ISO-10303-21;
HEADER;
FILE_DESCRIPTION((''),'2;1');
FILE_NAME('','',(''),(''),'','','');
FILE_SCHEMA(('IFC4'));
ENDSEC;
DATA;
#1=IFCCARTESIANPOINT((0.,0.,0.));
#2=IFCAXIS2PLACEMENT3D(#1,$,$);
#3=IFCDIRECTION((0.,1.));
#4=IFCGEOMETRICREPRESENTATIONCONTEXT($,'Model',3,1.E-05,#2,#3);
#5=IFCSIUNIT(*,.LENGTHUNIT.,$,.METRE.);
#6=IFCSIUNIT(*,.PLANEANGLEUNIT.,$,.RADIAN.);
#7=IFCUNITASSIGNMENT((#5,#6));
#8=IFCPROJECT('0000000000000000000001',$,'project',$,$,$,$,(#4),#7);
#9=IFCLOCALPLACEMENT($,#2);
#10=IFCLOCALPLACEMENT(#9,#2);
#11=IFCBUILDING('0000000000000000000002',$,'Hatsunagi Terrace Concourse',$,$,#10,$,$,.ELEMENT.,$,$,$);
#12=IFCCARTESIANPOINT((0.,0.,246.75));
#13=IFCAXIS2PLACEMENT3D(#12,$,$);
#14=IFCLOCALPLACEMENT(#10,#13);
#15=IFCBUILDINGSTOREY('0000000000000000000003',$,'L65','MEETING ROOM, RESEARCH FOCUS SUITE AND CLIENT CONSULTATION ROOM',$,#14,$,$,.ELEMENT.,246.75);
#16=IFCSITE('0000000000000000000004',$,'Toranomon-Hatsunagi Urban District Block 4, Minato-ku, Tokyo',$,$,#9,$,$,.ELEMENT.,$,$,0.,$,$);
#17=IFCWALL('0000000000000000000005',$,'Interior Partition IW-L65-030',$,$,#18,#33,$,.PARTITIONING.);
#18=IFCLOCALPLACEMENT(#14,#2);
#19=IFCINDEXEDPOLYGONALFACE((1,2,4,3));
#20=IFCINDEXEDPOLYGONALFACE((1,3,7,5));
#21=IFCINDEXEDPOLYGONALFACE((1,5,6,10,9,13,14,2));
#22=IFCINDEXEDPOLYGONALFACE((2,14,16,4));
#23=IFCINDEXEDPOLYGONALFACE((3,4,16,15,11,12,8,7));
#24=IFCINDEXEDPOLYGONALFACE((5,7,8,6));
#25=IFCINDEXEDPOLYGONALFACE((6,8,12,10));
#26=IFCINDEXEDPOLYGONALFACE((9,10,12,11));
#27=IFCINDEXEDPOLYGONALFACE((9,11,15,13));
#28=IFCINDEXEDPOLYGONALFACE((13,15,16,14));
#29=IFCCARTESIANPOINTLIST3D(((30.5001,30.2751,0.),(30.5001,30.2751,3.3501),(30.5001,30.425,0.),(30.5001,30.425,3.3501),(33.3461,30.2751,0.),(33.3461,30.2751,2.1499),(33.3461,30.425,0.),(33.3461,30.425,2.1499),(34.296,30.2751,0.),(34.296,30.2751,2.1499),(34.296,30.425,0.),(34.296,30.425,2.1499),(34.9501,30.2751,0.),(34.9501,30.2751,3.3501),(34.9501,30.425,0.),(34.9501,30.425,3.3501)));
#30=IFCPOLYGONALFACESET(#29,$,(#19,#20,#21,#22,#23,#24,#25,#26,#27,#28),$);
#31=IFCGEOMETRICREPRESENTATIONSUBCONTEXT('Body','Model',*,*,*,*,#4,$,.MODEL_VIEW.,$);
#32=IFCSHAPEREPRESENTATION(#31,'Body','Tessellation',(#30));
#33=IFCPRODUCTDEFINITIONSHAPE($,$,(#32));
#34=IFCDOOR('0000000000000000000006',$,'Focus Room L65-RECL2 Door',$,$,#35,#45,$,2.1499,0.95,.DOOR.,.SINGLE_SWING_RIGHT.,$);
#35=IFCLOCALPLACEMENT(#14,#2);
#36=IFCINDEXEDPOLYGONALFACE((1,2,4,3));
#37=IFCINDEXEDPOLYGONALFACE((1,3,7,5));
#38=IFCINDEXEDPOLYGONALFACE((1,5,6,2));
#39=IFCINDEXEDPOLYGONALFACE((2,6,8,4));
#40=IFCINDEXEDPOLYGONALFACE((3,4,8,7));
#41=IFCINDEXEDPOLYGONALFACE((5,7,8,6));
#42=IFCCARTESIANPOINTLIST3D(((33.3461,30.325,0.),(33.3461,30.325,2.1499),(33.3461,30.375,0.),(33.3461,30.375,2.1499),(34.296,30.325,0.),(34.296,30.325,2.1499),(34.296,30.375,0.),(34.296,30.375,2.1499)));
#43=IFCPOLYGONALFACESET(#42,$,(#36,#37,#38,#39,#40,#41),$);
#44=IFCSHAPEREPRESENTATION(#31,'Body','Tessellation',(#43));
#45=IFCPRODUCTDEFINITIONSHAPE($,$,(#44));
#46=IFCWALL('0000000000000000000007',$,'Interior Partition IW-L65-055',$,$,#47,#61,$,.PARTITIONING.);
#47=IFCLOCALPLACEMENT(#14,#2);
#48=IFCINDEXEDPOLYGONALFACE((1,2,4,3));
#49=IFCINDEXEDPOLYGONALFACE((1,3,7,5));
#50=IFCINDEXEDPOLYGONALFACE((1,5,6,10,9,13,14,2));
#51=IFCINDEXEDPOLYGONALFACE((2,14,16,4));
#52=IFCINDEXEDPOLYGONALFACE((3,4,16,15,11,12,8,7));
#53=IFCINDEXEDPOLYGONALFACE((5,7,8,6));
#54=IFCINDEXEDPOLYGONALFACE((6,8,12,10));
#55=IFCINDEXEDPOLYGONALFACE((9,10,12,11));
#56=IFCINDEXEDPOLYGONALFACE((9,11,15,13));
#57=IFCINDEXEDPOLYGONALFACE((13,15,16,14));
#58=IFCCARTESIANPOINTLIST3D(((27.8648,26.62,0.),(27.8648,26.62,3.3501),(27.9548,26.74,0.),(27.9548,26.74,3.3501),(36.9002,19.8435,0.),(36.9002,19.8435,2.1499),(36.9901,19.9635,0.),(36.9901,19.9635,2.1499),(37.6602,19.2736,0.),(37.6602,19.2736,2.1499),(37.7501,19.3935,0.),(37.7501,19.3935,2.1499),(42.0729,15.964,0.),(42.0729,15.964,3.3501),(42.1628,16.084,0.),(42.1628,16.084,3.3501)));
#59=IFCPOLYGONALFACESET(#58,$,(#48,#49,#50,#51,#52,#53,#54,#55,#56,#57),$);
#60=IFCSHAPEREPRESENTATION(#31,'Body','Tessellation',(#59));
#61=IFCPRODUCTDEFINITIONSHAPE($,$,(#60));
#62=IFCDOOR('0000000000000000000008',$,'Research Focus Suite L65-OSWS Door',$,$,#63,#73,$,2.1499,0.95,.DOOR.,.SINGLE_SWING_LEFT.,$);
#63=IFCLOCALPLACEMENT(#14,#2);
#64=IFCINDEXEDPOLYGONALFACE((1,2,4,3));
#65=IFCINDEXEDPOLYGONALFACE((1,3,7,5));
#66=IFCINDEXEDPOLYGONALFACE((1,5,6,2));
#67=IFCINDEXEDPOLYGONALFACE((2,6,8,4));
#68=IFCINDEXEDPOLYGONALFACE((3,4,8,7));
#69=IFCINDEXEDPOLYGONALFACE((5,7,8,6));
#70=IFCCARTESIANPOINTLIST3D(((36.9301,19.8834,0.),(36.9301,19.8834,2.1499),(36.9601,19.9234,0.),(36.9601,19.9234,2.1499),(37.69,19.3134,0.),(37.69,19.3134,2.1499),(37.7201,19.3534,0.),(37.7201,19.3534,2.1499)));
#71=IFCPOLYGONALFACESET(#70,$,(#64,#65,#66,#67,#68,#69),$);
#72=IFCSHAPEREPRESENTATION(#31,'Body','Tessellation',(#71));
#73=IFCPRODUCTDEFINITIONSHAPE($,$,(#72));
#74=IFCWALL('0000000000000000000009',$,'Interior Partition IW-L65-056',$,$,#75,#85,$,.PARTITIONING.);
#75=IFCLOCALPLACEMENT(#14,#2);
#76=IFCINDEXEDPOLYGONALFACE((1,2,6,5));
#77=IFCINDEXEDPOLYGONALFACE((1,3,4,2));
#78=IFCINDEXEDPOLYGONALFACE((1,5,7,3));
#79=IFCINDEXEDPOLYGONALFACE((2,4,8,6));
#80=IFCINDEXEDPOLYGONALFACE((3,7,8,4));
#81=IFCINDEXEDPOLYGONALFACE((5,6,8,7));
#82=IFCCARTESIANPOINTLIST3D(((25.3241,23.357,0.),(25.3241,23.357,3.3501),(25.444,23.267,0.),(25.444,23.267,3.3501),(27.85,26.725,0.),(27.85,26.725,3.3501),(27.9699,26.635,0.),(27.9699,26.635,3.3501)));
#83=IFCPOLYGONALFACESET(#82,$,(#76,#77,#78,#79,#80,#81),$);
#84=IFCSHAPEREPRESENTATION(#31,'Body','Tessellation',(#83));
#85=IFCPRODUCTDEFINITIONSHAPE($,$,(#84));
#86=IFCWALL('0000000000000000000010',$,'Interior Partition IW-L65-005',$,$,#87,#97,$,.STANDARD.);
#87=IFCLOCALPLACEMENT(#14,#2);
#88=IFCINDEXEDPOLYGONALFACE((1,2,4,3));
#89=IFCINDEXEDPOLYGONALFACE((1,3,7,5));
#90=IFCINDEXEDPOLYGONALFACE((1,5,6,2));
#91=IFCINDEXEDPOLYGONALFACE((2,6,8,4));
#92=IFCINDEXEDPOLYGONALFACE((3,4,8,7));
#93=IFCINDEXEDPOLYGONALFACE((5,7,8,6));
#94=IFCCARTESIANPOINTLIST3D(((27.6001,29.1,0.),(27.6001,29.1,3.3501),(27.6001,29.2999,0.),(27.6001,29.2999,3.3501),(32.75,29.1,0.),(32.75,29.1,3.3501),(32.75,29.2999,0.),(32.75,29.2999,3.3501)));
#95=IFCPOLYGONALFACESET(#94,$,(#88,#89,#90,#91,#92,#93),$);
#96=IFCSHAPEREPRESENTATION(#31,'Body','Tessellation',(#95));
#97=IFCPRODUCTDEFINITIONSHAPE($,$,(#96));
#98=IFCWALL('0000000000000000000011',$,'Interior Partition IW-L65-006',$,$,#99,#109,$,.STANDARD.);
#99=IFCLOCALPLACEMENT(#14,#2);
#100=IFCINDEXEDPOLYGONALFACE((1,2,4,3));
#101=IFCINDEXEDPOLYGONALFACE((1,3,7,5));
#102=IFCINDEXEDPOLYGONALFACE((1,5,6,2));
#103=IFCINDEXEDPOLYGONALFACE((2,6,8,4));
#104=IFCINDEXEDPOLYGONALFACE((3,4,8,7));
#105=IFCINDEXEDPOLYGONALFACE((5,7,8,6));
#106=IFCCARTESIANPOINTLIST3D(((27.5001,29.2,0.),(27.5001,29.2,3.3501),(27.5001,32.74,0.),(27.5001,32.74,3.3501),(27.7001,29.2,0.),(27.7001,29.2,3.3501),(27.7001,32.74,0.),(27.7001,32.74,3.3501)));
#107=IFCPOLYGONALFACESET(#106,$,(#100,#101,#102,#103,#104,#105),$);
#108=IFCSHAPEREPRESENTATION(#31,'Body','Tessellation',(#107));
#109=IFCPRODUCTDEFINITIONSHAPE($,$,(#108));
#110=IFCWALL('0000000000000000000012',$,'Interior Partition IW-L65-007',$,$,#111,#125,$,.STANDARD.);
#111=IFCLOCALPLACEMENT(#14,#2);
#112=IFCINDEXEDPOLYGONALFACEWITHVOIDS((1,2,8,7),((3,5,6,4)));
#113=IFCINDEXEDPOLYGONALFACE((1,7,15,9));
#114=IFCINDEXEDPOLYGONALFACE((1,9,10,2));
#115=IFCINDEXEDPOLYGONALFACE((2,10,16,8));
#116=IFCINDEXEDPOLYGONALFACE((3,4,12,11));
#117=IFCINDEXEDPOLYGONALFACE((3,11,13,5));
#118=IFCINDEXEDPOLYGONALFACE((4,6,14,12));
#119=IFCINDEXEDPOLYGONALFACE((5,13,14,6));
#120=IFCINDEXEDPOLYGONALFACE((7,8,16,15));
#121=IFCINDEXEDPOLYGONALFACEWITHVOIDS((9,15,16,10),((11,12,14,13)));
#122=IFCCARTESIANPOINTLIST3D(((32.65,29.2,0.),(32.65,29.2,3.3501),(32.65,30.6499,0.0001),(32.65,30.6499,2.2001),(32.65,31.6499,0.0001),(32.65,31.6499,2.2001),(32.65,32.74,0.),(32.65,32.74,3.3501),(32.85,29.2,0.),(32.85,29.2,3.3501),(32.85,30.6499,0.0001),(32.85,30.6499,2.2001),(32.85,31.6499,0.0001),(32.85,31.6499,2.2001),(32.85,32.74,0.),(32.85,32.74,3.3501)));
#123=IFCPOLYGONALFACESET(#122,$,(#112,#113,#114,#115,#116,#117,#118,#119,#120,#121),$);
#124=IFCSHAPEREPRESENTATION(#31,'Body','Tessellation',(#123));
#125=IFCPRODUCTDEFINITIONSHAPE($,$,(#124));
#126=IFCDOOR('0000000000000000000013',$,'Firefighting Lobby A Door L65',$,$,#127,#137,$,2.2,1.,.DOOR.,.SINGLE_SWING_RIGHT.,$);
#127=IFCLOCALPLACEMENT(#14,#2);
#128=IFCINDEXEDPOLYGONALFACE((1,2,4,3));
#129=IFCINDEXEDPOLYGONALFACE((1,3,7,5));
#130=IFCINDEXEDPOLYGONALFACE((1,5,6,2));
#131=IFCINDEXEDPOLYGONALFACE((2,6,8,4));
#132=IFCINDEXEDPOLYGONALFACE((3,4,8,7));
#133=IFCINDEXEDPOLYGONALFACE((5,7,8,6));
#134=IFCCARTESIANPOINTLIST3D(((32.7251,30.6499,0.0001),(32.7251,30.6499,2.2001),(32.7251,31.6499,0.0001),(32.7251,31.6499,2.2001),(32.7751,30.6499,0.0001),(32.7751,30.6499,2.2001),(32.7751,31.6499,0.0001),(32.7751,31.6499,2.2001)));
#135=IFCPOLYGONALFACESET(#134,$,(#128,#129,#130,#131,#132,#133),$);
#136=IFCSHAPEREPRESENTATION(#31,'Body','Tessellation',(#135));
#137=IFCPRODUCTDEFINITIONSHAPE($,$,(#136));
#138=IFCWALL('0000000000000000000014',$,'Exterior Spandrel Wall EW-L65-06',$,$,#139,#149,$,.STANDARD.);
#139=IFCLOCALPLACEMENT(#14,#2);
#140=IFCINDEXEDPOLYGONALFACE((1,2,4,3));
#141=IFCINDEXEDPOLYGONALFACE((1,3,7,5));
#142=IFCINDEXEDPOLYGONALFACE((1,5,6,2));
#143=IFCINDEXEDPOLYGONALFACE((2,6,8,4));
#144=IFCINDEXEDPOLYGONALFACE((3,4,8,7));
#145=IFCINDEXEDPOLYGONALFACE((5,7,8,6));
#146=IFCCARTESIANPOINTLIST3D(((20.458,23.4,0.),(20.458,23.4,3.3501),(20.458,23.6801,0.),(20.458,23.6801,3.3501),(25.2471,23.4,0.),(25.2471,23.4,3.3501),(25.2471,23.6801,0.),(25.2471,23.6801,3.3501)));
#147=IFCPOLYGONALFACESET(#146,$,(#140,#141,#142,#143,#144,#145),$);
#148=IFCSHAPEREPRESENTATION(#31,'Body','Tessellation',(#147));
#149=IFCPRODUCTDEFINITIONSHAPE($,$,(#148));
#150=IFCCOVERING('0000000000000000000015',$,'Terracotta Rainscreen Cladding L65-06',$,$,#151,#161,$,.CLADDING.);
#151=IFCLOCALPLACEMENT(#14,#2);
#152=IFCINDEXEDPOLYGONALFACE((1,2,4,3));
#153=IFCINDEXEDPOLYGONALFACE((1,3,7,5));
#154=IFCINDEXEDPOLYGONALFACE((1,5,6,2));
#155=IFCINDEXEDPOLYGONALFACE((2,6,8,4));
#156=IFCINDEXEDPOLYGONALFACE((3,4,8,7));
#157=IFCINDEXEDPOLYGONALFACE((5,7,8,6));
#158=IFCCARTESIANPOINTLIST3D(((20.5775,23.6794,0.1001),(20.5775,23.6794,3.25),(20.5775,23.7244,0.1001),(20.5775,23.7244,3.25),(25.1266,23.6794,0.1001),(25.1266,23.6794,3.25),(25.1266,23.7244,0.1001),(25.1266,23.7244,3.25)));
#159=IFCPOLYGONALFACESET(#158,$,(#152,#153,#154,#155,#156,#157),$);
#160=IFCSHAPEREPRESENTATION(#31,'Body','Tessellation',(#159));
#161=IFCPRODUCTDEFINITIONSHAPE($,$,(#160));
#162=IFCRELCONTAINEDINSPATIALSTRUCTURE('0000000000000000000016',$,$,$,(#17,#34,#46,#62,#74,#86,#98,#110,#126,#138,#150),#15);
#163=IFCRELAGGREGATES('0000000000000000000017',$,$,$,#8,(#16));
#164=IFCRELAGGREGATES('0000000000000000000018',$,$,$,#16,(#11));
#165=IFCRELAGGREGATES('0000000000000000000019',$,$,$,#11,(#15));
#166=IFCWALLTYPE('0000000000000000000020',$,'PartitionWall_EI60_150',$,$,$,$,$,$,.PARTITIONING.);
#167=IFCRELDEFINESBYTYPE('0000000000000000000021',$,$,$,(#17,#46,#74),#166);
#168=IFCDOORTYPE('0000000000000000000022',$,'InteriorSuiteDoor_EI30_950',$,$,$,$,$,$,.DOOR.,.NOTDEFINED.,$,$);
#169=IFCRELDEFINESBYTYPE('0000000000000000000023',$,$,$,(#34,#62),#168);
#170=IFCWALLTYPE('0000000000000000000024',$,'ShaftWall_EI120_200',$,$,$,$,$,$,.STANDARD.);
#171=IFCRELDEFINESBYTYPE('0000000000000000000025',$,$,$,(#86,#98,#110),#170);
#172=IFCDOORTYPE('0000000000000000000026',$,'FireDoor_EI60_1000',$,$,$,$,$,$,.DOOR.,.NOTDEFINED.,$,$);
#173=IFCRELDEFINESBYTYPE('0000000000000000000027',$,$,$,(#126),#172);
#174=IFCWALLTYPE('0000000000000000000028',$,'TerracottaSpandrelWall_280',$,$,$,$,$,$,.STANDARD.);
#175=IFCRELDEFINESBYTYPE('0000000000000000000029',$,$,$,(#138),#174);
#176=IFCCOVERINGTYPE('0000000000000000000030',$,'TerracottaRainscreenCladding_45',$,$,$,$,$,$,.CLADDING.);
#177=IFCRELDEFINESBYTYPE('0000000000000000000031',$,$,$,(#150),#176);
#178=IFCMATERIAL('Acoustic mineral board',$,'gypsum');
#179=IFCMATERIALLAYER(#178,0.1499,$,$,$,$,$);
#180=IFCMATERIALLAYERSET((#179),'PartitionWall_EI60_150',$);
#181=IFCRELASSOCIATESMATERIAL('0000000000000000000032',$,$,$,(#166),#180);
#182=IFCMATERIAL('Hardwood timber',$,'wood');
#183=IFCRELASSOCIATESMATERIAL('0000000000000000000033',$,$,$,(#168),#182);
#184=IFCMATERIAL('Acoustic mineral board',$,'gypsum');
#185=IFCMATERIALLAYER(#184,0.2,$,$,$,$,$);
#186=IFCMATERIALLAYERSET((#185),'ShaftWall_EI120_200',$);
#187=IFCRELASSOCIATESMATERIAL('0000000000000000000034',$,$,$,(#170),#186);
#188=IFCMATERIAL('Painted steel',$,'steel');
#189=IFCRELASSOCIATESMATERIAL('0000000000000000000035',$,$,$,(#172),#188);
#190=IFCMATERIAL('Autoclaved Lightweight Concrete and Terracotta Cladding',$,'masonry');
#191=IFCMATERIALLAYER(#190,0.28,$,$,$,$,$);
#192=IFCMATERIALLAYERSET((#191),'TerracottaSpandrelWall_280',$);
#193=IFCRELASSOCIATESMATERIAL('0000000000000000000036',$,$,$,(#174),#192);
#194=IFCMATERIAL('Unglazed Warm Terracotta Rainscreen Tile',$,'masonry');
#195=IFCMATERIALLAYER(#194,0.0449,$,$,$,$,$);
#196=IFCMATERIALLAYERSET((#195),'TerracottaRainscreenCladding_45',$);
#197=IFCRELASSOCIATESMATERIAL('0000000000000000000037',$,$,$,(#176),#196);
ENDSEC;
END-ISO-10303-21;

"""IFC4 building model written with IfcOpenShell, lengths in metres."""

from ifc_helpers import new_model, si_unit, direction, frame, frame_2d, origin, origin_2d, place, context, subcontext, project, spatial, rectangle, extrude, material, layer, layer_set, type_object, element, fill, save


model = new_model("IFC4")

# Units and contexts
model_context = context("Model", 3, precision=1e-05, world=origin(), true_north=direction((0.0, 1.0)))
body_context = subcontext(model_context, "Body", "Model", "MODEL_VIEW")
ifc_project = project(units=[si_unit("LENGTHUNIT", "METRE"), si_unit("PLANEANGLEUNIT", "RADIAN")], contexts=[model_context])

# Site, building, storey
site_placement = place(None, origin())
site = spatial("IfcSite", under=ifc_project, at=site_placement, Name="Toranomon-Hatsunagi Urban District Block 4, Minato-ku, Tokyo", CompositionType="ELEMENT", RefElevation=0.0)
building_placement = place(site_placement, origin())
building = spatial("IfcBuilding", under=site, at=building_placement, Name="Hatsunagi Terrace Concourse", CompositionType="ELEMENT")
storey_placement = place(building_placement, frame((0.0, 0.0, 246.75)))
storey = spatial("IfcBuildingStorey", under=building, at=storey_placement, Name="L65", Description="MEETING ROOM, RESEARCH FOCUS SUITE AND CLIENT CONSULTATION ROOM", CompositionType="ELEMENT", Elevation=246.75)

# Shared definitions
ifc_material_1 = material(Name="Acoustic mineral board", Category="gypsum")
ifc_layer_1 = layer(ifc_material_1, 0.1499)
ifc_layer_set_1 = layer_set([ifc_layer_1], Name="PartitionWall_EI60_150")
wall_type_1 = type_object("IfcWallType", Name="PartitionWall_EI60_150", PredefinedType="PARTITIONING", material=ifc_layer_set_1)

# Shared definitions
ifc_material_2 = material(Name="Hardwood timber", Category="wood")
door_type_1 = type_object("IfcDoorType", Name="InteriorSuiteDoor_EI30_950", OperationType="NOTDEFINED", PredefinedType="DOOR", material=ifc_material_2)

# Walls, openings, doors
wall_1_placement = place(storey_placement, frame((30.5, 30.3501, 0.0), z_axis=(0.0, 0.0, 1.0), x_axis=(1.0, 0.0, 0.0)))
wall_1 = element("IfcWall", 1, at=wall_1_placement, inside=storey, type_object=wall_type_1, Name="Interior Partition IW-L65-030", PredefinedType="PARTITIONING", context=body_context, shape_type="SweptSolid", body=[
    extrude(rectangle(XDim=4.45, YDim=0.1499, at=frame_2d((2.2251, 0.0))), origin(), (0.0, 0.0, 1.0), 3.3501),
])
opening_1_placement = place(wall_1_placement, frame((2.8459, 0.0, 0.0)))
opening_1 = element("IfcOpeningElement", 2, at=opening_1_placement, cuts=wall_1, PredefinedType="OPENING", context=body_context, shape_type="SweptSolid", body=[
    extrude(rectangle(XDim=0.95, YDim=2.1499, at=frame_2d((0.4751, 1.075))), frame((0.0, 0.085, 0.0), z_axis=(0.0, -1.0, 0.0), x_axis=(1.0, 0.0, 0.0)), (0.0, 0.0, 1.0), 0.1699),
])
door_1_placement = place(opening_1_placement, origin())
door_1 = element("IfcDoor", 3, at=door_1_placement, inside=storey, type_object=door_type_1, Name="Focus Room L65-RECL2 Door", OperationType="SINGLE_SWING_RIGHT", OverallHeight=2.1499, OverallWidth=0.95, PredefinedType="DOOR", context=body_context, shape_type="SweptSolid", body=[
    extrude(rectangle(XDim=0.95, YDim=2.1499, at=frame_2d((0.4751, 1.075))), frame((0.0, 0.0249, 0.0), z_axis=(0.0, -1.0, 0.0), x_axis=(1.0, 0.0, 0.0)), (0.0, 0.0, 1.0), 0.05),
])
fill(opening_1, door_1)
wall_2_placement = place(storey_placement, frame((27.9099, 26.6799, 0.0), z_axis=(0.0, 0.0, 1.0), x_axis=(0.8, -0.6, 0.0)))
wall_2 = element("IfcWall", 4, at=wall_2_placement, inside=storey, type_object=wall_type_1, Name="Interior Partition IW-L65-055", PredefinedType="PARTITIONING", context=body_context, shape_type="SweptSolid", body=[
    extrude(rectangle(XDim=17.76, YDim=0.1499, at=frame_2d((8.8799, 0.0))), origin(), (0.0, 0.0, 1.0), 3.3501),
])
opening_2_placement = place(wall_2_placement, frame((11.2939, 0.0, 0.0)))
opening_2 = element("IfcOpeningElement", 5, at=opening_2_placement, cuts=wall_2, PredefinedType="OPENING", context=body_context, shape_type="SweptSolid", body=[
    extrude(rectangle(XDim=0.95, YDim=2.1499, at=frame_2d((0.4751, 1.075))), frame((0.0, 0.085, 0.0), z_axis=(0.0, -1.0, 0.0), x_axis=(1.0, 0.0, 0.0)), (0.0, 0.0, 1.0), 0.1699),
])
door_2_placement = place(opening_2_placement, origin())
door_2 = element("IfcDoor", 6, at=door_2_placement, inside=storey, type_object=door_type_1, Name="Research Focus Suite L65-OSWS Door", OperationType="SINGLE_SWING_LEFT", OverallHeight=2.1499, OverallWidth=0.95, PredefinedType="DOOR", context=body_context, shape_type="SweptSolid", body=[
    extrude(rectangle(XDim=0.95, YDim=2.1499, at=frame_2d((0.4751, 1.075))), frame((0.0, 0.0249, 0.0), z_axis=(0.0, -1.0, 0.0), x_axis=(1.0, 0.0, 0.0)), (0.0, 0.0, 1.0), 0.05),
])
fill(opening_2, door_2)

# Walls
wall_3_placement = place(storey_placement, frame((25.384, 23.312, 0.0), z_axis=(0.0, 0.0, 1.0), x_axis=(0.599991, 0.800007, 0.0)))
element("IfcWall", 7, at=wall_3_placement, inside=storey, type_object=wall_type_1, Name="Interior Partition IW-L65-056", PredefinedType="PARTITIONING", context=body_context, shape_type="SweptSolid", body=[
    extrude(rectangle(XDim=4.21, YDim=0.1499, at=frame_2d((2.105, 0.0))), origin(), (0.0, 0.0, 1.0), 3.3501),
])
ifc_material_3 = material(Name="Acoustic mineral board", Category="gypsum")
ifc_layer_2 = layer(ifc_material_3, 0.2)
ifc_layer_set_2 = layer_set([ifc_layer_2], Name="ShaftWall_EI120_200")
wall_type_2 = type_object("IfcWallType", Name="ShaftWall_EI120_200", PredefinedType="STANDARD", material=ifc_layer_set_2)
wall_4_placement = place(storey_placement, frame((27.6001, 29.2, 0.0), z_axis=(0.0, 0.0, 1.0), x_axis=(1.0, 0.0, 0.0)))
element("IfcWall", 8, at=wall_4_placement, inside=storey, type_object=wall_type_2, Name="Interior Partition IW-L65-005", PredefinedType="STANDARD", context=body_context, shape_type="SweptSolid", body=[
    extrude(rectangle(XDim=5.1499, YDim=0.2, at=frame_2d((2.575, 0.0))), origin(), (0.0, 0.0, 1.0), 3.3501),
])
wall_5_placement = place(storey_placement, frame((27.6001, 29.2, 0.0), z_axis=(0.0, 0.0, 1.0), x_axis=(0.0, 1.0, 0.0)))
element("IfcWall", 9, at=wall_5_placement, inside=storey, type_object=wall_type_2, Name="Interior Partition IW-L65-006", PredefinedType="STANDARD", context=body_context, shape_type="SweptSolid", body=[
    extrude(rectangle(XDim=3.54, YDim=0.2, at=frame_2d((1.77, 0.0))), origin(), (0.0, 0.0, 1.0), 3.3501),
])

# Wall, opening, door
wall_6_placement = place(storey_placement, frame((32.75, 29.2, 0.0), z_axis=(0.0, 0.0, 1.0), x_axis=(0.0, 1.0, 0.0)))
wall_6 = element("IfcWall", 10, at=wall_6_placement, inside=storey, type_object=wall_type_2, Name="Interior Partition IW-L65-007", PredefinedType="STANDARD", context=body_context, shape_type="SweptSolid", body=[
    extrude(rectangle(XDim=3.54, YDim=0.2, at=frame_2d((1.77, 0.0))), origin(), (0.0, 0.0, 1.0), 3.3501),
])
opening_3_placement = place(wall_6_placement, frame((1.45, 0.0, 0.0)))
opening_3 = element("IfcOpeningElement", 11, at=opening_3_placement, cuts=wall_6, PredefinedType="OPENING", context=body_context, shape_type="SweptSolid", body=[
    extrude(rectangle(XDim=1.0, YDim=2.2, at=frame_2d((0.5, 1.1001))), frame((0.0, 0.1099, 0.0), z_axis=(0.0, -1.0, 0.0), x_axis=(1.0, 0.0, 0.0)), (0.0, 0.0, 1.0), 0.22),
])
ifc_material_4 = material(Name="Painted steel", Category="steel")
door_type_2 = type_object("IfcDoorType", Name="FireDoor_EI60_1000", OperationType="NOTDEFINED", PredefinedType="DOOR", material=ifc_material_4)
door_3_placement = place(opening_3_placement, origin())
door_3 = element("IfcDoor", 12, at=door_3_placement, inside=storey, type_object=door_type_2, Name="Firefighting Lobby A Door L65", OperationType="SINGLE_SWING_RIGHT", OverallHeight=2.2, OverallWidth=1.0, PredefinedType="DOOR", context=body_context, shape_type="SweptSolid", body=[
    extrude(rectangle(XDim=1.0, YDim=2.2, at=frame_2d((0.5, 1.1001))), frame((0.0, 0.0249, 0.0), z_axis=(0.0, -1.0, 0.0), x_axis=(1.0, 0.0, 0.0)), (0.0, 0.0, 1.0), 0.05),
])
fill(opening_3, door_3)

# Wall
ifc_material_5 = material(Name="Autoclaved Lightweight Concrete and Terracotta Cladding", Category="masonry")
ifc_layer_3 = layer(ifc_material_5, 0.28)
ifc_layer_set_3 = layer_set([ifc_layer_3], Name="TerracottaSpandrelWall_280")
wall_type_3 = type_object("IfcWallType", Name="TerracottaSpandrelWall_280", PredefinedType="STANDARD", material=ifc_layer_set_3)
wall_7_placement = place(storey_placement, frame((25.2471, 23.54, 0.0), z_axis=(0.0, 0.0, 1.0), x_axis=(-1.0, 0.0, 0.0)))
element("IfcWall", 13, at=wall_7_placement, inside=storey, type_object=wall_type_3, Name="Exterior Spandrel Wall EW-L65-06", PredefinedType="STANDARD", context=body_context, shape_type="SweptSolid", body=[
    extrude(rectangle(XDim=4.7891, YDim=0.28, at=frame_2d((2.3945, 0.0))), origin(), (0.0, 0.0, 1.0), 3.3501),
])

# Covering
ifc_material_6 = material(Name="Unglazed Warm Terracotta Rainscreen Tile", Category="masonry")
ifc_layer_4 = layer(ifc_material_6, 0.0449)
ifc_layer_set_4 = layer_set([ifc_layer_4], Name="TerracottaRainscreenCladding_45")
covering_type = type_object("IfcCoveringType", Name="TerracottaRainscreenCladding_45", PredefinedType="CLADDING", material=ifc_layer_set_4)
covering_placement = place(storey_placement, frame((22.8521, 23.7019, 0.1001), z_axis=(0.0, 0.0, 1.0), x_axis=(-1.0, 0.0, 0.0)))
element("IfcCovering", 14, at=covering_placement, inside=storey, type_object=covering_type, Name="Terracotta Rainscreen Cladding L65-06", PredefinedType="CLADDING", context=body_context, shape_type="SweptSolid", body=[
    extrude(rectangle(XDim=4.5491, YDim=0.0449, at=origin_2d()), origin(), (0.0, 0.0, 1.0), 3.1499),
])

save(model, "model.ifc")
